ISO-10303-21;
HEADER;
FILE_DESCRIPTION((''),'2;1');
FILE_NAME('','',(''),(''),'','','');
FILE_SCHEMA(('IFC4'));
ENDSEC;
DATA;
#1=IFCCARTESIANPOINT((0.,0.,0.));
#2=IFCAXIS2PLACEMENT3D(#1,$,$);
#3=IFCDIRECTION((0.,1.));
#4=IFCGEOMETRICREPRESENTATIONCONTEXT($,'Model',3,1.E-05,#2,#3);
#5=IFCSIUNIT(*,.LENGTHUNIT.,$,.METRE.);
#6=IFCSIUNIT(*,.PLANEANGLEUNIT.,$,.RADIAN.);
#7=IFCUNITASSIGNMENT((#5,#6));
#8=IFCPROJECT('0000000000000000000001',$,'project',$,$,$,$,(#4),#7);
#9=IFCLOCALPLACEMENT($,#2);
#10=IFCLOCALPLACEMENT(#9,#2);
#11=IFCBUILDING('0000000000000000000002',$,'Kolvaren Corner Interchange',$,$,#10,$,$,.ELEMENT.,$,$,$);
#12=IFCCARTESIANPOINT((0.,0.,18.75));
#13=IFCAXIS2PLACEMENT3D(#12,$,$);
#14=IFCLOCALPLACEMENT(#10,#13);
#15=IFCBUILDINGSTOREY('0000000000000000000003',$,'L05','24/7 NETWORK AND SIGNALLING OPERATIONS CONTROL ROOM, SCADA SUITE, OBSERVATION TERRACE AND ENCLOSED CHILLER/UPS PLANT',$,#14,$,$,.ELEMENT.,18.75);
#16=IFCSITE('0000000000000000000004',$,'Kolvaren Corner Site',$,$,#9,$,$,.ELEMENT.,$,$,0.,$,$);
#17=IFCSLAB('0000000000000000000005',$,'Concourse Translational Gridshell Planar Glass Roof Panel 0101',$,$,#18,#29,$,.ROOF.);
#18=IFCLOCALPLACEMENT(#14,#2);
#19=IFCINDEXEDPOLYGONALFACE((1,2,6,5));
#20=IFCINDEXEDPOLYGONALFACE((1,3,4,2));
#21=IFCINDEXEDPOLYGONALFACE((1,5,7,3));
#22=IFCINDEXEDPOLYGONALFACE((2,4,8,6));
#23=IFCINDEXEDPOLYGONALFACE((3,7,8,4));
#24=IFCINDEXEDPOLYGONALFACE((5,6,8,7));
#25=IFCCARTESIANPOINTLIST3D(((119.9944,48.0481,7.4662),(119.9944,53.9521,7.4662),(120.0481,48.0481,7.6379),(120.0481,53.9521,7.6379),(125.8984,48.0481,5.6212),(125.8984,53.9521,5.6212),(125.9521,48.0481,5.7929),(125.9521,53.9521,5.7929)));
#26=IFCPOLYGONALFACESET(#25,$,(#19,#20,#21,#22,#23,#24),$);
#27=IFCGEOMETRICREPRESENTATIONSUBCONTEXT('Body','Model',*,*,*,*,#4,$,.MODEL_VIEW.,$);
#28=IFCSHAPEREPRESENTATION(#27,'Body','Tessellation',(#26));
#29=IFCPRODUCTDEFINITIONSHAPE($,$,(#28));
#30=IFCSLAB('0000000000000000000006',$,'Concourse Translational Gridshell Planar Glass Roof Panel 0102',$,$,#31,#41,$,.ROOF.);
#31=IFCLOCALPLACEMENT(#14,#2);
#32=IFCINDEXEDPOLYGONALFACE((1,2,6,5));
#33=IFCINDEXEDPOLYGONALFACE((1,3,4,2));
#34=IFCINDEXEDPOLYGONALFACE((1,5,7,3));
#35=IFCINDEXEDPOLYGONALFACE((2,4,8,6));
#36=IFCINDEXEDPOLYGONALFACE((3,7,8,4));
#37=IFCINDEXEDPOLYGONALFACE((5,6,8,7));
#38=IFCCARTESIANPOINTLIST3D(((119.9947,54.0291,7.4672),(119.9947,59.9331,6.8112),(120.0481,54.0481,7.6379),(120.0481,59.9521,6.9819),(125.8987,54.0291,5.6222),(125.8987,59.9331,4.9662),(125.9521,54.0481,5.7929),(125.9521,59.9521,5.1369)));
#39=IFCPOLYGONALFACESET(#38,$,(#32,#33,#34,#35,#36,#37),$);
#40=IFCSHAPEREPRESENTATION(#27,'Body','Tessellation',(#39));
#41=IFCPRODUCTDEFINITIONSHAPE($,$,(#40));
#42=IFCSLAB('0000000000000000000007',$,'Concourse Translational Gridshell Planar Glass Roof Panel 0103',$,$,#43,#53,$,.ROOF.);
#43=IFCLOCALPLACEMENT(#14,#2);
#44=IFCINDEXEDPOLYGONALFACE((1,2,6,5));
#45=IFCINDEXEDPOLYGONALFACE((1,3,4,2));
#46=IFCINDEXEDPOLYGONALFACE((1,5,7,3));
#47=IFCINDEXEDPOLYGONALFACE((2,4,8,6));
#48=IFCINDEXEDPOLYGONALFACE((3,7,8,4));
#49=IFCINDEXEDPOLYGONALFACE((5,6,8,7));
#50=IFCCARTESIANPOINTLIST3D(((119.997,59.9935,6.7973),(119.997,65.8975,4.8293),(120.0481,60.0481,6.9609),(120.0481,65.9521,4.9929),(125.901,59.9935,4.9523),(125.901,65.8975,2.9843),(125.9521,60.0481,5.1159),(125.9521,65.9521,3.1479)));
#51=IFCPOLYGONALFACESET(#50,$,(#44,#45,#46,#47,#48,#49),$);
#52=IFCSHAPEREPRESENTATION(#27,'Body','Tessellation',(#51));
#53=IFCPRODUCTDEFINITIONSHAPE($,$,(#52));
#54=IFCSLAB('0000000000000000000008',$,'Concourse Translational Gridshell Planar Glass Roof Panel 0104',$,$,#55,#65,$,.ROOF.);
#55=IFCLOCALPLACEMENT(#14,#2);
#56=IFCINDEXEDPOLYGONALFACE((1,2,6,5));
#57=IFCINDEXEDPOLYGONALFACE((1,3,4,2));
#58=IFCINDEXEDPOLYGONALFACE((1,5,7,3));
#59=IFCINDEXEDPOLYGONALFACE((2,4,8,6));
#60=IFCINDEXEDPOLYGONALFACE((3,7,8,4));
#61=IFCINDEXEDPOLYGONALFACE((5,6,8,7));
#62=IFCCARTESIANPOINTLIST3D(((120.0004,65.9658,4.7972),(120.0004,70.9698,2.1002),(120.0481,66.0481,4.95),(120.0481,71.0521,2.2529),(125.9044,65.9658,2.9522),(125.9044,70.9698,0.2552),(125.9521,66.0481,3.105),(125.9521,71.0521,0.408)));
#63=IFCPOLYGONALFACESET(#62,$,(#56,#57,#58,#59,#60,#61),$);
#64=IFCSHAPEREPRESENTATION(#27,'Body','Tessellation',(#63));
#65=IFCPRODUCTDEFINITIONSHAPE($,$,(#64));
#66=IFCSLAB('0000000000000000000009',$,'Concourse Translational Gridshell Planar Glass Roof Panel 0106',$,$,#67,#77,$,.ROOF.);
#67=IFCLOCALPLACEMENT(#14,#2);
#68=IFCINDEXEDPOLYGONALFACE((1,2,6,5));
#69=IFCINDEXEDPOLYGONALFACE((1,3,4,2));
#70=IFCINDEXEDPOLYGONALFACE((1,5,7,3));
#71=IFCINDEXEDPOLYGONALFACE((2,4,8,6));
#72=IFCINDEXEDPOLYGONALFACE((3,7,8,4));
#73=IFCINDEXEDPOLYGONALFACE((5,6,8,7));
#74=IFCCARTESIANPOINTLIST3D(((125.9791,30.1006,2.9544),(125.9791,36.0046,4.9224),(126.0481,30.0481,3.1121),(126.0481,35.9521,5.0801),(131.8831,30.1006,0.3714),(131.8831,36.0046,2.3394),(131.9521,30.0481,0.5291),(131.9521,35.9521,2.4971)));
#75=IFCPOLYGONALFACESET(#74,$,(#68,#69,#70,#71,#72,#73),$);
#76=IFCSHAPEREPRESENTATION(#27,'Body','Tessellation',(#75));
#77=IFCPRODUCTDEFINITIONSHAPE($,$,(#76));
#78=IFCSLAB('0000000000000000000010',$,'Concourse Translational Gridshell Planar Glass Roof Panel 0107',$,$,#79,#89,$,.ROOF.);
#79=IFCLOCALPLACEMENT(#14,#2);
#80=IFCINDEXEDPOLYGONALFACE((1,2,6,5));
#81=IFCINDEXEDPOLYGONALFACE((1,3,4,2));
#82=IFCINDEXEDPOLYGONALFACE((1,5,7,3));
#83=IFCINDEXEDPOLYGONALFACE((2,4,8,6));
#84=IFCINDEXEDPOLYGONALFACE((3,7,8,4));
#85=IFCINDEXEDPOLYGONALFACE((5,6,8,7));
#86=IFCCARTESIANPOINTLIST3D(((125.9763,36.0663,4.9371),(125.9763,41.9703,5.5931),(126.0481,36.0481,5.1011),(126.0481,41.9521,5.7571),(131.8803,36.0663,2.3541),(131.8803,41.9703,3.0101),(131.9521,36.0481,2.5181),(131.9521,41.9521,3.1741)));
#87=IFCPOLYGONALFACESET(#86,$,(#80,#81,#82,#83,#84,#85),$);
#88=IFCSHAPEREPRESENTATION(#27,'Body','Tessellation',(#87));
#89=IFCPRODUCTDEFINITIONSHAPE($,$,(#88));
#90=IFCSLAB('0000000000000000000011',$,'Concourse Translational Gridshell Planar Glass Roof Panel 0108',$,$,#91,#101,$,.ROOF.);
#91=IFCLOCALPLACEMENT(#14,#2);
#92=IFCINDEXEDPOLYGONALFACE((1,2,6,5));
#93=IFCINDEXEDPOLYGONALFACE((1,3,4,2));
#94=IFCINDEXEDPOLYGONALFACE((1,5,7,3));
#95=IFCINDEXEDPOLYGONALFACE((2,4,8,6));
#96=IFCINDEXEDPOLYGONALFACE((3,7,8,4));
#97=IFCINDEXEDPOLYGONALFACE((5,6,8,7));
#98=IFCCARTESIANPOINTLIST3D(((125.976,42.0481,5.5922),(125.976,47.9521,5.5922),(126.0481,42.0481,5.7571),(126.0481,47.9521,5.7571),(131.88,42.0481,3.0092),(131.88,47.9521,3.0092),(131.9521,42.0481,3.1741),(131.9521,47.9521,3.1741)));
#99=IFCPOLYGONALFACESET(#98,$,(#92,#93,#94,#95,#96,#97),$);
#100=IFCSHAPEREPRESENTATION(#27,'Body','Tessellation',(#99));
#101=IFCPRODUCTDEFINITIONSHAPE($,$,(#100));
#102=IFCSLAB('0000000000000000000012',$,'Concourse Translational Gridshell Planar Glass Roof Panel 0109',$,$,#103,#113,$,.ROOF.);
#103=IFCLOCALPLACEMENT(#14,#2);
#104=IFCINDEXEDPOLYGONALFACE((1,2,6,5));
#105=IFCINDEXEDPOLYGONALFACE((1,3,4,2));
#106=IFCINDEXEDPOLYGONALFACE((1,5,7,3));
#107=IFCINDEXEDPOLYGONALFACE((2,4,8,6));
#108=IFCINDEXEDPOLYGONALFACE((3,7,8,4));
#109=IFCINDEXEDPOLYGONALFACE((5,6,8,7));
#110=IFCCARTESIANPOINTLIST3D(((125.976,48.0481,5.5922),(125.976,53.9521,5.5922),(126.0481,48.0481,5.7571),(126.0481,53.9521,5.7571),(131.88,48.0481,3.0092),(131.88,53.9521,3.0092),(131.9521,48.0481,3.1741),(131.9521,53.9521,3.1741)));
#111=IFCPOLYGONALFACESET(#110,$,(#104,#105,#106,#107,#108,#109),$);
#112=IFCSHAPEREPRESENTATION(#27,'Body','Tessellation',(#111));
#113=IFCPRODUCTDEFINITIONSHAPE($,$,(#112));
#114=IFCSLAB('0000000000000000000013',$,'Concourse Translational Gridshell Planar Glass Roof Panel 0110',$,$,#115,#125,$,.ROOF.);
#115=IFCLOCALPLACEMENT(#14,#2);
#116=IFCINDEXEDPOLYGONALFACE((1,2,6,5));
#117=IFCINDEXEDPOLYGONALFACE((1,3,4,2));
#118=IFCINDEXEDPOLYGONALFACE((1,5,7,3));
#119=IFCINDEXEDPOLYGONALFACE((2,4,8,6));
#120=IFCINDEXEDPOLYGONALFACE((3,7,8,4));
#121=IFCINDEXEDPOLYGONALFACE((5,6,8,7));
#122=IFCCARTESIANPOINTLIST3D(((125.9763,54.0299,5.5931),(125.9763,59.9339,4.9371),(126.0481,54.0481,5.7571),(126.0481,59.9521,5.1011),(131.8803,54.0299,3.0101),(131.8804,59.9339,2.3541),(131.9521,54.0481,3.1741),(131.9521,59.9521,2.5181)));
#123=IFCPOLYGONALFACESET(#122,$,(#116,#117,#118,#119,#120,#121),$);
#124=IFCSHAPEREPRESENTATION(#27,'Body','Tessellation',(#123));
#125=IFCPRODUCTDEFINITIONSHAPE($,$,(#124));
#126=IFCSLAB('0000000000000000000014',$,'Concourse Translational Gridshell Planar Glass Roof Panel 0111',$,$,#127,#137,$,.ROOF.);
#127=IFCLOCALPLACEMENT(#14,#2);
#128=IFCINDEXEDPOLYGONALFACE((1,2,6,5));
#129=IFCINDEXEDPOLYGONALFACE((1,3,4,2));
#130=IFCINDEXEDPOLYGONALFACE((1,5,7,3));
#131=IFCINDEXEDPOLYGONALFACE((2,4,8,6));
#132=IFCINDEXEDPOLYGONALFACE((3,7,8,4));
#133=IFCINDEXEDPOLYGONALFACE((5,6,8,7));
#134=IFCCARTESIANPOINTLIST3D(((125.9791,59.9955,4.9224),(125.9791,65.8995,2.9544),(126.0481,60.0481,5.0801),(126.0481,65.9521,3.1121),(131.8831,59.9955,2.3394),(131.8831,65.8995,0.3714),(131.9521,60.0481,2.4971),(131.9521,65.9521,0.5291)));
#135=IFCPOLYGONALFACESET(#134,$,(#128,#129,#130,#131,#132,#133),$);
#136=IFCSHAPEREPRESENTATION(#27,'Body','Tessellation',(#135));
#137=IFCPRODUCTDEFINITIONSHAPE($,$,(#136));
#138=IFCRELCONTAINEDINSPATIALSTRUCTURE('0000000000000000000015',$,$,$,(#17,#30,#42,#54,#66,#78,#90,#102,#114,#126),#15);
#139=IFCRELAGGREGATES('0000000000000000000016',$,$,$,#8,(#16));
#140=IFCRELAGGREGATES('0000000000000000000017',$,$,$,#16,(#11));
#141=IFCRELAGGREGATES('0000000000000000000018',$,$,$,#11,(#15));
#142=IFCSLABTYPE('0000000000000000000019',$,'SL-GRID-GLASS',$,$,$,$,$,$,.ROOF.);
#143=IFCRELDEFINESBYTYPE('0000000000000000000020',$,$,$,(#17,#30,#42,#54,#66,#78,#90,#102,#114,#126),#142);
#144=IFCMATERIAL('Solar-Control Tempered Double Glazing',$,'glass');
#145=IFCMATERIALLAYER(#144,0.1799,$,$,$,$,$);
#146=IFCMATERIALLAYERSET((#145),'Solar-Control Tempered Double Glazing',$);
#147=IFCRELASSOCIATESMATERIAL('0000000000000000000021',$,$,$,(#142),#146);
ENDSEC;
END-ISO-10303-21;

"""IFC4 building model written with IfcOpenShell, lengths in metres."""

from ifc_helpers import new_model, si_unit, direction, frame, origin, place, context, subcontext, project, spatial, polyline, outline, extrude, material, layer, layer_set, type_object, element, save


model = new_model("IFC4")

# Units and contexts
model_context = context("Model", 3, precision=1e-05, world=origin(), true_north=direction((0.0, 1.0)))
body_context = subcontext(model_context, "Body", "Model", "MODEL_VIEW")
ifc_project = project(units=[si_unit("LENGTHUNIT", "METRE"), si_unit("PLANEANGLEUNIT", "RADIAN")], contexts=[model_context])

# Site, building, storey
site_placement = place(None, origin())
site = spatial("IfcSite", under=ifc_project, at=site_placement, Name="Kolvaren Corner Site", CompositionType="ELEMENT", RefElevation=0.0)
building_placement = place(site_placement, origin())
building = spatial("IfcBuilding", under=site, at=building_placement, Name="Kolvaren Corner Interchange", CompositionType="ELEMENT")
storey_placement = place(building_placement, frame((0.0, 0.0, 18.75)))
storey = spatial("IfcBuildingStorey", under=building, at=storey_placement, Name="L05", Description="24/7 NETWORK AND SIGNALLING OPERATIONS CONTROL ROOM, SCADA SUITE, OBSERVATION TERRACE AND ENCLOSED CHILLER/UPS PLANT", CompositionType="ELEMENT", Elevation=18.75)

# Slabs
ifc_material = material(Name="Solar-Control Tempered Double Glazing", Category="glass")
ifc_layer = layer(ifc_material, 0.1799)
ifc_layer_set = layer_set([ifc_layer], Name="Solar-Control Tempered Double Glazing")
slab_type = type_object("IfcSlabType", Name="SL-GRID-GLASS", PredefinedType="ROOF", material=ifc_layer_set)
for number, where, z_axis, x_axis, name in (
    (1, (120.0481, 48.0481, 7.6379), (0.298275, 0.0, 0.95448), (0.95448, 0.0, -0.298275), "Concourse Translational Gridshell Planar Glass Roof Panel 0101"),
):
    element("IfcSlab", number, at=place(storey_placement, frame(where, z_axis=z_axis, x_axis=x_axis)), inside=storey, type_object=slab_type, Name=name, PredefinedType="ROOF", context=body_context, shape_type="SweptSolid", body=[
        extrude(outline(polyline([(0.0, 0.0), (6.1856, 0.0), (6.1856, 5.904), (0.0, 5.904), (0.0, 0.0)])), origin(), (0.0, 0.0, -1.0), 0.1799),
    ])
slab_1_placement = place(storey_placement, frame((120.0481, 54.0481, 7.6379), z_axis=(0.296612, 0.105462, 0.949157), x_axis=(0.95448, 0.0, -0.298275)))
element("IfcSlab", 2, at=slab_1_placement, inside=storey, type_object=slab_type, Name="Concourse Translational Gridshell Planar Glass Roof Panel 0102", PredefinedType="ROOF", context=body_context, shape_type="SweptSolid", body=[
    extrude(outline(polyline([(0.0, 0.0), (6.1856, 0.0), (6.3812, 5.9371), (0.1957, 5.9371), (0.0, 0.0)])), origin(), (0.0, 0.0, -1.0), 0.1799),
])
slab_2_placement = place(storey_placement, frame((120.0481, 60.0481, 6.9609), z_axis=(0.284236, 0.303185, 0.909554), x_axis=(0.95448, 0.0, -0.298275)))
element("IfcSlab", 3, at=slab_2_placement, inside=storey, type_object=slab_type, Name="Concourse Translational Gridshell Planar Glass Roof Panel 0103", PredefinedType="ROOF", context=body_context, shape_type="SweptSolid", body=[
    extrude(outline(polyline([(0.0, 0.0), (6.1856, 0.0), (6.7726, 6.1956), (0.587, 6.1956), (0.0, 0.0)])), origin(), (0.0, 0.0, -1.0), 0.1799),
])
slab_3_placement = place(storey_placement, frame((120.0481, 66.0481, 4.95), z_axis=(0.265236, 0.457453, 0.848756), x_axis=(0.95448, 0.0, -0.298275)))
element("IfcSlab", 4, at=slab_3_placement, inside=storey, type_object=slab_type, Name="Concourse Translational Gridshell Planar Glass Roof Panel 0104", PredefinedType="ROOF", context=body_context, shape_type="SweptSolid", body=[
    extrude(outline(polyline([(0.0, 0.0), (6.1856, 0.0), (6.99, 5.6273), (0.8044, 5.6273), (0.0, 0.0)])), origin(), (0.0, 0.0, -1.0), 0.1799),
])
slab_4_placement = place(storey_placement, frame((126.0481, 30.0481, 3.1121), z_axis=(0.383342, -0.29207, 0.87621), x_axis=(0.916157, 0.0, -0.400819)))
element("IfcSlab", 5, at=slab_4_placement, inside=storey, type_object=slab_type, Name="Concourse Translational Gridshell Planar Glass Roof Panel 0106", PredefinedType="ROOF", context=body_context, shape_type="SweptSolid", body=[
    extrude(outline(polyline([(0.0, 0.0), (6.4443, 0.0), (5.6555, 6.1732), (-0.7888, 6.1732), (0.0, 0.0)])), origin(), (0.0, 0.0, -1.0), 0.1799),
])
slab_5_placement = place(storey_placement, frame((126.0481, 36.0481, 5.1011), z_axis=(0.398758, -0.101272, 0.911447), x_axis=(0.916157, 0.0, -0.400819)))
element("IfcSlab", 6, at=slab_5_placement, inside=storey, type_object=slab_type, Name="Concourse Translational Gridshell Planar Glass Roof Panel 0107", PredefinedType="ROOF", context=body_context, shape_type="SweptSolid", body=[
    extrude(outline(polyline([(0.0, 0.0), (6.4443, 0.0), (6.1814, 5.9345), (-0.2629, 5.9345), (0.0, 0.0)])), origin(), (0.0, 0.0, -1.0), 0.1799),
])
for number, where, z_axis, x_axis, name in (
    (7, (126.0481, 42.0481, 5.7571), (0.400819, 0.0, 0.916157), (0.916157, 0.0, -0.400819), "Concourse Translational Gridshell Planar Glass Roof Panel 0108"),
    (8, (126.0481, 48.0481, 5.7571), (0.400819, 0.0, 0.916157), (0.916157, 0.0, -0.400819), "Concourse Translational Gridshell Planar Glass Roof Panel 0109"),
):
    element("IfcSlab", number, at=place(storey_placement, frame(where, z_axis=z_axis, x_axis=x_axis)), inside=storey, type_object=slab_type, Name=name, PredefinedType="ROOF", context=body_context, shape_type="SweptSolid", body=[
        extrude(outline(polyline([(0.0, 0.0), (6.4443, 0.0), (6.4443, 5.904), (0.0, 5.904), (0.0, 0.0)])), origin(), (0.0, 0.0, -1.0), 0.1799),
    ])
slab_6_placement = place(storey_placement, frame((126.0481, 54.0481, 5.7571), z_axis=(0.398758, 0.101272, 0.911447), x_axis=(0.916157, 0.0, -0.400819)))
element("IfcSlab", 9, at=slab_6_placement, inside=storey, type_object=slab_type, Name="Concourse Translational Gridshell Planar Glass Roof Panel 0110", PredefinedType="ROOF", context=body_context, shape_type="SweptSolid", body=[
    extrude(outline(polyline([(0.0, 0.0), (6.4443, 0.0), (6.7073, 5.9345), (0.2629, 5.9345), (0.0, 0.0)])), origin(), (0.0, 0.0, -1.0), 0.1799),
])
slab_7_placement = place(storey_placement, frame((126.0481, 60.0481, 5.0801), z_axis=(0.383342, 0.29207, 0.87621), x_axis=(0.916157, 0.0, -0.400819)))
element("IfcSlab", 10, at=slab_7_placement, inside=storey, type_object=slab_type, Name="Concourse Translational Gridshell Planar Glass Roof Panel 0111", PredefinedType="ROOF", context=body_context, shape_type="SweptSolid", body=[
    extrude(outline(polyline([(0.0, 0.0), (6.4443, 0.0), (7.2331, 6.1732), (0.7888, 6.1732), (0.0, 0.0)])), origin(), (0.0, 0.0, -1.0), 0.1799),
])

save(model, "model.ifc")
